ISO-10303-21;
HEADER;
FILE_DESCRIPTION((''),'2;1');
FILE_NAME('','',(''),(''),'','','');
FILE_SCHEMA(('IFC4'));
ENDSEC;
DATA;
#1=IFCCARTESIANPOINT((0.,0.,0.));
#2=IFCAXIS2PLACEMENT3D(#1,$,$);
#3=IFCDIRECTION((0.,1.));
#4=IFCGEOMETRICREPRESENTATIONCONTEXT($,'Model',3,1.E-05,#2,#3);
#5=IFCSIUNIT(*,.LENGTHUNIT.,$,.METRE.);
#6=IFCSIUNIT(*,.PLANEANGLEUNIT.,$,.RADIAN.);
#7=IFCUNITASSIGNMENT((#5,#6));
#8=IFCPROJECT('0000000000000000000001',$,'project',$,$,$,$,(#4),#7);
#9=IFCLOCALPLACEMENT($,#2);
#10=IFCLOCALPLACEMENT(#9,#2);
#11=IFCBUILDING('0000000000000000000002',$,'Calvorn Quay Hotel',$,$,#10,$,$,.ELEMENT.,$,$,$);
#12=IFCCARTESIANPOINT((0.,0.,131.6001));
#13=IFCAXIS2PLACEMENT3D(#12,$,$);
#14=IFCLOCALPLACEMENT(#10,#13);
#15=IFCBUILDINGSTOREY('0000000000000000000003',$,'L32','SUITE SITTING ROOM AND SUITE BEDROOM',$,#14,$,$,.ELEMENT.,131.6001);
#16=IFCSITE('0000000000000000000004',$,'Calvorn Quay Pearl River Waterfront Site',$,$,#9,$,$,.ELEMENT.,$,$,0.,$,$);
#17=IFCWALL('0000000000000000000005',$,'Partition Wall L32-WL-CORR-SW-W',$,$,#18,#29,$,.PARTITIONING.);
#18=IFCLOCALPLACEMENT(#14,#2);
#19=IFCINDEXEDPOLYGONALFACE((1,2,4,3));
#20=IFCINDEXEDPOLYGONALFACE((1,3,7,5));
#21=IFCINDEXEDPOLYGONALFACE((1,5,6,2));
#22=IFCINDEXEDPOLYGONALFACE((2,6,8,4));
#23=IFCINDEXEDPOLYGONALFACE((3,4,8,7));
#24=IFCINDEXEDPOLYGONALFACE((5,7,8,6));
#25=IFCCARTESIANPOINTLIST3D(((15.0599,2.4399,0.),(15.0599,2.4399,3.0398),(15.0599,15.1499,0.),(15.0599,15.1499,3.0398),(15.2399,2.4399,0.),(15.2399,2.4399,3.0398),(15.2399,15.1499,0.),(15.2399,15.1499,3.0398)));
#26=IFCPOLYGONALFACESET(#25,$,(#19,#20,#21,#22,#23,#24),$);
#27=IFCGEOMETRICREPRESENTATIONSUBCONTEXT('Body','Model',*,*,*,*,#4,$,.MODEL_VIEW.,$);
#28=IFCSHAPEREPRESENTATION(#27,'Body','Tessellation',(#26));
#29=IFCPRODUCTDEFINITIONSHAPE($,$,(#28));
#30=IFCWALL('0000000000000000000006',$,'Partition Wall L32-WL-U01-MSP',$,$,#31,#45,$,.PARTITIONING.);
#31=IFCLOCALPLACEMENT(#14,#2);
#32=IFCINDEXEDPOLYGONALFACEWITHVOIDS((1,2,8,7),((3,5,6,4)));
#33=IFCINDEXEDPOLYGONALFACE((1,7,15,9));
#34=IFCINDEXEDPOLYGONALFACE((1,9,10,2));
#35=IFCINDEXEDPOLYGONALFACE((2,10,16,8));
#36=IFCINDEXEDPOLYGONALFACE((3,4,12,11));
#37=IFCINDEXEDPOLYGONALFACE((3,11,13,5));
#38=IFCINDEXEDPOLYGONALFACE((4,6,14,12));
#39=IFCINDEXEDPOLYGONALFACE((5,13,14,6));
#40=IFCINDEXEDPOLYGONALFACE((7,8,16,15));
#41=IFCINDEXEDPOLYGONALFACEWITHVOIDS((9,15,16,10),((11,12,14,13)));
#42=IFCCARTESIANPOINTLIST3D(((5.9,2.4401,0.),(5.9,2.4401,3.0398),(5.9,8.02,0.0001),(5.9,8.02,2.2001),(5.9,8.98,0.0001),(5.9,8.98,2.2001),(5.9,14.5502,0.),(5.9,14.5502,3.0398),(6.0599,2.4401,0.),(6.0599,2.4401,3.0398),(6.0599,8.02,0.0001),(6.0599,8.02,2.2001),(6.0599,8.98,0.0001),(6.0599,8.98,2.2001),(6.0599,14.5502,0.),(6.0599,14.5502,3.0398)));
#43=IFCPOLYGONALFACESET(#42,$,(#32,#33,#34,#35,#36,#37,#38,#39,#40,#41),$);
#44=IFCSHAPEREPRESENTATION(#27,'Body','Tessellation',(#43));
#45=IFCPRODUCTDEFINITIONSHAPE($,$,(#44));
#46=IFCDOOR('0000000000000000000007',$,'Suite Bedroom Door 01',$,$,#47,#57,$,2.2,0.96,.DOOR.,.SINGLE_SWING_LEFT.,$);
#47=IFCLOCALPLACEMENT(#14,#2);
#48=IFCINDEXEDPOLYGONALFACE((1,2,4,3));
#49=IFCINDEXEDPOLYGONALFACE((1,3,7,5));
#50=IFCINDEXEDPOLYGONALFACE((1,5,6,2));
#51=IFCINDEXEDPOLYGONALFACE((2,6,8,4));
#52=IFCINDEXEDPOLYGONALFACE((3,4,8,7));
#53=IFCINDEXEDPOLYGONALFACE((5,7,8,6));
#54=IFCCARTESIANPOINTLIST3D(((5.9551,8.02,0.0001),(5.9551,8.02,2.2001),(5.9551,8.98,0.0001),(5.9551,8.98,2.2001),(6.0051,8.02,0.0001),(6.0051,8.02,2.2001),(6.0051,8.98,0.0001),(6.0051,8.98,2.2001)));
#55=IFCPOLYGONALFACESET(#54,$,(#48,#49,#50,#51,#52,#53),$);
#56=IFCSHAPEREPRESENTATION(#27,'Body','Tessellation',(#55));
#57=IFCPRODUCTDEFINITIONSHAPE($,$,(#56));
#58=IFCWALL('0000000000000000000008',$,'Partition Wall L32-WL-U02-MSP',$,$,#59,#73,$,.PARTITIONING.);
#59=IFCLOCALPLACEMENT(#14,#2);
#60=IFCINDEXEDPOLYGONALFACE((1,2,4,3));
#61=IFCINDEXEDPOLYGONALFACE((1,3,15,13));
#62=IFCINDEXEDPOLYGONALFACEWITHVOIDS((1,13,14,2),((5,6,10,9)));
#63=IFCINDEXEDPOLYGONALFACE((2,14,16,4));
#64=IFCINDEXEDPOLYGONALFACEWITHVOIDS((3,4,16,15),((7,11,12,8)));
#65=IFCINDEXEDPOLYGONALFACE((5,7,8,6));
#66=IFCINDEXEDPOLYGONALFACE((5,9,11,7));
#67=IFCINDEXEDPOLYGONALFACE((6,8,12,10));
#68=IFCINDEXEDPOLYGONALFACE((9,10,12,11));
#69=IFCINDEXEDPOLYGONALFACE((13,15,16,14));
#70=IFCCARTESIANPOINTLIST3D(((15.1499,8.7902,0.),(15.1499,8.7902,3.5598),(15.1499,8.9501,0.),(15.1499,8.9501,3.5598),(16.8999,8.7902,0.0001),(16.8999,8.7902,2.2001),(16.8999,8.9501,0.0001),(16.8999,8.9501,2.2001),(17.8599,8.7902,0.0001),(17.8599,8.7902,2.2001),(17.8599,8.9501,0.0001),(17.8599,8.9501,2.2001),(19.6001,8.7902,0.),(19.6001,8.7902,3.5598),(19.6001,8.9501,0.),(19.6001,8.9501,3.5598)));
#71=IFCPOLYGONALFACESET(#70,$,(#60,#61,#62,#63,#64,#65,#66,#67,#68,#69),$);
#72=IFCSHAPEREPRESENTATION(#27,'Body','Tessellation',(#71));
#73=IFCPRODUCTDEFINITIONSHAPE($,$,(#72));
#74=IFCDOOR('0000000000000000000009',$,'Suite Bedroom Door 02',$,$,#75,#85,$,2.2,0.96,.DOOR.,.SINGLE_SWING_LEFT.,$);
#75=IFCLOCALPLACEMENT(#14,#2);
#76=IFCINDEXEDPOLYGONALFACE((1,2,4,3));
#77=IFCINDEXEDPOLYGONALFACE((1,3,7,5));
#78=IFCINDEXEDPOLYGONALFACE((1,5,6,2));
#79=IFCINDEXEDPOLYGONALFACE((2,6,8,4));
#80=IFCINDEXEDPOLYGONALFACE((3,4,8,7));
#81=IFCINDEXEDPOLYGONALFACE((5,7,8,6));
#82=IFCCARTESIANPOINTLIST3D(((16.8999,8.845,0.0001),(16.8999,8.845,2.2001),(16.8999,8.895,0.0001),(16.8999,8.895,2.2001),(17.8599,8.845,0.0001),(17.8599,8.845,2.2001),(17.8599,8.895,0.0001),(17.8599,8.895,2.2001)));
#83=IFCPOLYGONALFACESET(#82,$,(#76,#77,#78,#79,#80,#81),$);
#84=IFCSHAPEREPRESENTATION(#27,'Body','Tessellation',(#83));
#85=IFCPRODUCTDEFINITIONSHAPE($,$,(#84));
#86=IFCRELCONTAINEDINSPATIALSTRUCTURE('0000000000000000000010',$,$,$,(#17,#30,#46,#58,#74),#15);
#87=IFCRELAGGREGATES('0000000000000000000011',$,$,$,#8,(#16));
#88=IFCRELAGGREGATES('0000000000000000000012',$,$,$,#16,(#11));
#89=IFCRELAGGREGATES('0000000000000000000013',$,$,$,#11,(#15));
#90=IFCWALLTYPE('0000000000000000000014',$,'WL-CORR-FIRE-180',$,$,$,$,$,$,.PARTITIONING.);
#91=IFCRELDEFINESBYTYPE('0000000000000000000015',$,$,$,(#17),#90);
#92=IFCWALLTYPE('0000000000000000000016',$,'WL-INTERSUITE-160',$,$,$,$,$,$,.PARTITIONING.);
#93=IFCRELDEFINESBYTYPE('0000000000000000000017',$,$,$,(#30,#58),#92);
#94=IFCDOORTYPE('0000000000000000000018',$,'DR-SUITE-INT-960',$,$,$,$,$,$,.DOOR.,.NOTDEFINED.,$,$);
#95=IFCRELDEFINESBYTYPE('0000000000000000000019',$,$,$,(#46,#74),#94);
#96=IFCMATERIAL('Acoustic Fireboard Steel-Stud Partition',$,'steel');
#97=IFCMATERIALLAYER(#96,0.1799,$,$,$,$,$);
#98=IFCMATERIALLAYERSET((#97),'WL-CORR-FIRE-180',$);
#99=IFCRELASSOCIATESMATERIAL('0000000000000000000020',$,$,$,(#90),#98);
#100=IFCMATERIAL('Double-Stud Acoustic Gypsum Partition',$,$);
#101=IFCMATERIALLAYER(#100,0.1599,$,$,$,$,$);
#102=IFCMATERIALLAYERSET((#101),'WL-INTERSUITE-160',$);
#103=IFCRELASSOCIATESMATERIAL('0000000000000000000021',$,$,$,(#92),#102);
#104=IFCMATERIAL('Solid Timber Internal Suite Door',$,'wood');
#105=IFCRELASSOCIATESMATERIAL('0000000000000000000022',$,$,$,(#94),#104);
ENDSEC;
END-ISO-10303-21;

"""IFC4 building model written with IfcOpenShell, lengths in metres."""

from ifc_helpers import new_model, si_unit, direction, frame, frame_2d, origin, place, context, subcontext, project, spatial, rectangle, extrude, material, layer, layer_set, type_object, element, fill, save


model = new_model("IFC4")

# Units and contexts
model_context = context("Model", 3, precision=1e-05, world=origin(), true_north=direction((0.0, 1.0)))
body_context = subcontext(model_context, "Body", "Model", "MODEL_VIEW")
ifc_project = project(units=[si_unit("LENGTHUNIT", "METRE"), si_unit("PLANEANGLEUNIT", "RADIAN")], contexts=[model_context])

# Site, building, storey
site_placement = place(None, origin())
site = spatial("IfcSite", under=ifc_project, at=site_placement, Name="Calvorn Quay Pearl River Waterfront Site", CompositionType="ELEMENT", RefElevation=0.0)
building_placement = place(site_placement, origin())
building = spatial("IfcBuilding", under=site, at=building_placement, Name="Calvorn Quay Hotel", CompositionType="ELEMENT")
storey_placement = place(building_placement, frame((0.0, 0.0, 131.6001)))
storey = spatial("IfcBuildingStorey", under=building, at=storey_placement, Name="L32", Description="SUITE SITTING ROOM AND SUITE BEDROOM", CompositionType="ELEMENT", Elevation=131.6001)

# Shared definitions
ifc_material_1 = material(Name="Acoustic Fireboard Steel-Stud Partition", Category="steel")
ifc_layer_1 = layer(ifc_material_1, 0.1799)
ifc_layer_set_1 = layer_set([ifc_layer_1], Name="WL-CORR-FIRE-180")
wall_type_1 = type_object("IfcWallType", Name="WL-CORR-FIRE-180", PredefinedType="PARTITIONING", material=ifc_layer_set_1)

# Wall
wall_1_placement = place(storey_placement, frame((15.1499, 2.4399, 0.0), z_axis=(0.0, 0.0, 1.0), x_axis=(0.0, 1.0, 0.0)))
element("IfcWall", 1, at=wall_1_placement, inside=storey, type_object=wall_type_1, Name="Partition Wall L32-WL-CORR-SW-W", PredefinedType="PARTITIONING", context=body_context, shape_type="SweptSolid", body=[
    extrude(rectangle(XDim=12.71, YDim=0.1799, at=frame_2d((6.355, 0.0))), origin(), (0.0, 0.0, 1.0), 3.0398),
])

# Walls, openings, doors
ifc_material_2 = material(Name="Double-Stud Acoustic Gypsum Partition")
ifc_layer_2 = layer(ifc_material_2, 0.1599)
ifc_layer_set_2 = layer_set([ifc_layer_2], Name="WL-INTERSUITE-160")
wall_type_2 = type_object("IfcWallType", Name="WL-INTERSUITE-160", PredefinedType="PARTITIONING", material=ifc_layer_set_2)
wall_2_placement = place(storey_placement, frame((5.98, 2.4399, 0.0), z_axis=(0.0, 0.0, 1.0), x_axis=(0.0, 1.0, 0.0)))
wall_2 = element("IfcWall", 2, at=wall_2_placement, inside=storey, type_object=wall_type_2, Name="Partition Wall L32-WL-U01-MSP", PredefinedType="PARTITIONING", context=body_context, shape_type="SweptSolid", body=[
    extrude(rectangle(XDim=12.1101, YDim=0.1599, at=frame_2d((6.0552, 0.0))), origin(), (0.0, 0.0, 1.0), 3.0398),
])
opening_1_placement = place(wall_2_placement, frame((5.5801, 0.0, 0.0)))
opening_1 = element("IfcOpeningElement", 3, at=opening_1_placement, cuts=wall_2, PredefinedType="OPENING", context=body_context, shape_type="SweptSolid", body=[
    extrude(rectangle(XDim=0.96, YDim=2.2, at=frame_2d((0.48, 1.1001))), frame((0.0, 0.0898, 0.0), z_axis=(0.0, -1.0, 0.0), x_axis=(1.0, 0.0, 0.0)), (0.0, 0.0, 1.0), 0.1799),
])
ifc_material_3 = material(Name="Solid Timber Internal Suite Door", Category="wood")
door_type_1 = type_object("IfcDoorType", Name="DR-SUITE-INT-960", OperationType="NOTDEFINED", PredefinedType="DOOR", material=ifc_material_3)
door_1_placement = place(opening_1_placement, origin())
door_1 = element("IfcDoor", 4, at=door_1_placement, inside=storey, type_object=door_type_1, Name="Suite Bedroom Door 01", OperationType="SINGLE_SWING_LEFT", OverallHeight=2.2, OverallWidth=0.96, PredefinedType="DOOR", context=body_context, shape_type="SweptSolid", body=[
    extrude(rectangle(XDim=0.96, YDim=2.2, at=frame_2d((0.48, 1.1001))), frame((0.0, 0.0249, 0.0), z_axis=(0.0, -1.0, 0.0), x_axis=(1.0, 0.0, 0.0)), (0.0, 0.0, 1.0), 0.05),
])
fill(opening_1, door_1)
wall_3_placement = place(storey_placement, frame((15.1499, 8.8701, 0.0), z_axis=(0.0, 0.0, 1.0), x_axis=(1.0, 0.0, 0.0)))
wall_3 = element("IfcWall", 5, at=wall_3_placement, inside=storey, type_object=wall_type_2, Name="Partition Wall L32-WL-U02-MSP", PredefinedType="PARTITIONING", context=body_context, shape_type="SweptSolid", body=[
    extrude(rectangle(XDim=4.4502, YDim=0.1599, at=frame_2d((2.2251, 0.0))), origin(), (0.0, 0.0, 1.0), 3.5598),
])
opening_2_placement = place(wall_3_placement, frame((1.75, 0.0, 0.0)))
opening_2 = element("IfcOpeningElement", 6, at=opening_2_placement, cuts=wall_3, PredefinedType="OPENING", context=body_context, shape_type="SweptSolid", body=[
    extrude(rectangle(XDim=0.96, YDim=2.2, at=frame_2d((0.48, 1.1001))), frame((0.0, 0.0898, 0.0), z_axis=(0.0, -1.0, 0.0), x_axis=(1.0, 0.0, 0.0)), (0.0, 0.0, 1.0), 0.1799),
])
door_2_placement = place(opening_2_placement, origin())
door_2 = element("IfcDoor", 7, at=door_2_placement, inside=storey, type_object=door_type_1, Name="Suite Bedroom Door 02", OperationType="SINGLE_SWING_LEFT", OverallHeight=2.2, OverallWidth=0.96, PredefinedType="DOOR", context=body_context, shape_type="SweptSolid", body=[
    extrude(rectangle(XDim=0.96, YDim=2.2, at=frame_2d((0.48, 1.1001))), frame((0.0, 0.0249, 0.0), z_axis=(0.0, -1.0, 0.0), x_axis=(1.0, 0.0, 0.0)), (0.0, 0.0, 1.0), 0.05),
])
fill(opening_2, door_2)

save(model, "model.ifc")
